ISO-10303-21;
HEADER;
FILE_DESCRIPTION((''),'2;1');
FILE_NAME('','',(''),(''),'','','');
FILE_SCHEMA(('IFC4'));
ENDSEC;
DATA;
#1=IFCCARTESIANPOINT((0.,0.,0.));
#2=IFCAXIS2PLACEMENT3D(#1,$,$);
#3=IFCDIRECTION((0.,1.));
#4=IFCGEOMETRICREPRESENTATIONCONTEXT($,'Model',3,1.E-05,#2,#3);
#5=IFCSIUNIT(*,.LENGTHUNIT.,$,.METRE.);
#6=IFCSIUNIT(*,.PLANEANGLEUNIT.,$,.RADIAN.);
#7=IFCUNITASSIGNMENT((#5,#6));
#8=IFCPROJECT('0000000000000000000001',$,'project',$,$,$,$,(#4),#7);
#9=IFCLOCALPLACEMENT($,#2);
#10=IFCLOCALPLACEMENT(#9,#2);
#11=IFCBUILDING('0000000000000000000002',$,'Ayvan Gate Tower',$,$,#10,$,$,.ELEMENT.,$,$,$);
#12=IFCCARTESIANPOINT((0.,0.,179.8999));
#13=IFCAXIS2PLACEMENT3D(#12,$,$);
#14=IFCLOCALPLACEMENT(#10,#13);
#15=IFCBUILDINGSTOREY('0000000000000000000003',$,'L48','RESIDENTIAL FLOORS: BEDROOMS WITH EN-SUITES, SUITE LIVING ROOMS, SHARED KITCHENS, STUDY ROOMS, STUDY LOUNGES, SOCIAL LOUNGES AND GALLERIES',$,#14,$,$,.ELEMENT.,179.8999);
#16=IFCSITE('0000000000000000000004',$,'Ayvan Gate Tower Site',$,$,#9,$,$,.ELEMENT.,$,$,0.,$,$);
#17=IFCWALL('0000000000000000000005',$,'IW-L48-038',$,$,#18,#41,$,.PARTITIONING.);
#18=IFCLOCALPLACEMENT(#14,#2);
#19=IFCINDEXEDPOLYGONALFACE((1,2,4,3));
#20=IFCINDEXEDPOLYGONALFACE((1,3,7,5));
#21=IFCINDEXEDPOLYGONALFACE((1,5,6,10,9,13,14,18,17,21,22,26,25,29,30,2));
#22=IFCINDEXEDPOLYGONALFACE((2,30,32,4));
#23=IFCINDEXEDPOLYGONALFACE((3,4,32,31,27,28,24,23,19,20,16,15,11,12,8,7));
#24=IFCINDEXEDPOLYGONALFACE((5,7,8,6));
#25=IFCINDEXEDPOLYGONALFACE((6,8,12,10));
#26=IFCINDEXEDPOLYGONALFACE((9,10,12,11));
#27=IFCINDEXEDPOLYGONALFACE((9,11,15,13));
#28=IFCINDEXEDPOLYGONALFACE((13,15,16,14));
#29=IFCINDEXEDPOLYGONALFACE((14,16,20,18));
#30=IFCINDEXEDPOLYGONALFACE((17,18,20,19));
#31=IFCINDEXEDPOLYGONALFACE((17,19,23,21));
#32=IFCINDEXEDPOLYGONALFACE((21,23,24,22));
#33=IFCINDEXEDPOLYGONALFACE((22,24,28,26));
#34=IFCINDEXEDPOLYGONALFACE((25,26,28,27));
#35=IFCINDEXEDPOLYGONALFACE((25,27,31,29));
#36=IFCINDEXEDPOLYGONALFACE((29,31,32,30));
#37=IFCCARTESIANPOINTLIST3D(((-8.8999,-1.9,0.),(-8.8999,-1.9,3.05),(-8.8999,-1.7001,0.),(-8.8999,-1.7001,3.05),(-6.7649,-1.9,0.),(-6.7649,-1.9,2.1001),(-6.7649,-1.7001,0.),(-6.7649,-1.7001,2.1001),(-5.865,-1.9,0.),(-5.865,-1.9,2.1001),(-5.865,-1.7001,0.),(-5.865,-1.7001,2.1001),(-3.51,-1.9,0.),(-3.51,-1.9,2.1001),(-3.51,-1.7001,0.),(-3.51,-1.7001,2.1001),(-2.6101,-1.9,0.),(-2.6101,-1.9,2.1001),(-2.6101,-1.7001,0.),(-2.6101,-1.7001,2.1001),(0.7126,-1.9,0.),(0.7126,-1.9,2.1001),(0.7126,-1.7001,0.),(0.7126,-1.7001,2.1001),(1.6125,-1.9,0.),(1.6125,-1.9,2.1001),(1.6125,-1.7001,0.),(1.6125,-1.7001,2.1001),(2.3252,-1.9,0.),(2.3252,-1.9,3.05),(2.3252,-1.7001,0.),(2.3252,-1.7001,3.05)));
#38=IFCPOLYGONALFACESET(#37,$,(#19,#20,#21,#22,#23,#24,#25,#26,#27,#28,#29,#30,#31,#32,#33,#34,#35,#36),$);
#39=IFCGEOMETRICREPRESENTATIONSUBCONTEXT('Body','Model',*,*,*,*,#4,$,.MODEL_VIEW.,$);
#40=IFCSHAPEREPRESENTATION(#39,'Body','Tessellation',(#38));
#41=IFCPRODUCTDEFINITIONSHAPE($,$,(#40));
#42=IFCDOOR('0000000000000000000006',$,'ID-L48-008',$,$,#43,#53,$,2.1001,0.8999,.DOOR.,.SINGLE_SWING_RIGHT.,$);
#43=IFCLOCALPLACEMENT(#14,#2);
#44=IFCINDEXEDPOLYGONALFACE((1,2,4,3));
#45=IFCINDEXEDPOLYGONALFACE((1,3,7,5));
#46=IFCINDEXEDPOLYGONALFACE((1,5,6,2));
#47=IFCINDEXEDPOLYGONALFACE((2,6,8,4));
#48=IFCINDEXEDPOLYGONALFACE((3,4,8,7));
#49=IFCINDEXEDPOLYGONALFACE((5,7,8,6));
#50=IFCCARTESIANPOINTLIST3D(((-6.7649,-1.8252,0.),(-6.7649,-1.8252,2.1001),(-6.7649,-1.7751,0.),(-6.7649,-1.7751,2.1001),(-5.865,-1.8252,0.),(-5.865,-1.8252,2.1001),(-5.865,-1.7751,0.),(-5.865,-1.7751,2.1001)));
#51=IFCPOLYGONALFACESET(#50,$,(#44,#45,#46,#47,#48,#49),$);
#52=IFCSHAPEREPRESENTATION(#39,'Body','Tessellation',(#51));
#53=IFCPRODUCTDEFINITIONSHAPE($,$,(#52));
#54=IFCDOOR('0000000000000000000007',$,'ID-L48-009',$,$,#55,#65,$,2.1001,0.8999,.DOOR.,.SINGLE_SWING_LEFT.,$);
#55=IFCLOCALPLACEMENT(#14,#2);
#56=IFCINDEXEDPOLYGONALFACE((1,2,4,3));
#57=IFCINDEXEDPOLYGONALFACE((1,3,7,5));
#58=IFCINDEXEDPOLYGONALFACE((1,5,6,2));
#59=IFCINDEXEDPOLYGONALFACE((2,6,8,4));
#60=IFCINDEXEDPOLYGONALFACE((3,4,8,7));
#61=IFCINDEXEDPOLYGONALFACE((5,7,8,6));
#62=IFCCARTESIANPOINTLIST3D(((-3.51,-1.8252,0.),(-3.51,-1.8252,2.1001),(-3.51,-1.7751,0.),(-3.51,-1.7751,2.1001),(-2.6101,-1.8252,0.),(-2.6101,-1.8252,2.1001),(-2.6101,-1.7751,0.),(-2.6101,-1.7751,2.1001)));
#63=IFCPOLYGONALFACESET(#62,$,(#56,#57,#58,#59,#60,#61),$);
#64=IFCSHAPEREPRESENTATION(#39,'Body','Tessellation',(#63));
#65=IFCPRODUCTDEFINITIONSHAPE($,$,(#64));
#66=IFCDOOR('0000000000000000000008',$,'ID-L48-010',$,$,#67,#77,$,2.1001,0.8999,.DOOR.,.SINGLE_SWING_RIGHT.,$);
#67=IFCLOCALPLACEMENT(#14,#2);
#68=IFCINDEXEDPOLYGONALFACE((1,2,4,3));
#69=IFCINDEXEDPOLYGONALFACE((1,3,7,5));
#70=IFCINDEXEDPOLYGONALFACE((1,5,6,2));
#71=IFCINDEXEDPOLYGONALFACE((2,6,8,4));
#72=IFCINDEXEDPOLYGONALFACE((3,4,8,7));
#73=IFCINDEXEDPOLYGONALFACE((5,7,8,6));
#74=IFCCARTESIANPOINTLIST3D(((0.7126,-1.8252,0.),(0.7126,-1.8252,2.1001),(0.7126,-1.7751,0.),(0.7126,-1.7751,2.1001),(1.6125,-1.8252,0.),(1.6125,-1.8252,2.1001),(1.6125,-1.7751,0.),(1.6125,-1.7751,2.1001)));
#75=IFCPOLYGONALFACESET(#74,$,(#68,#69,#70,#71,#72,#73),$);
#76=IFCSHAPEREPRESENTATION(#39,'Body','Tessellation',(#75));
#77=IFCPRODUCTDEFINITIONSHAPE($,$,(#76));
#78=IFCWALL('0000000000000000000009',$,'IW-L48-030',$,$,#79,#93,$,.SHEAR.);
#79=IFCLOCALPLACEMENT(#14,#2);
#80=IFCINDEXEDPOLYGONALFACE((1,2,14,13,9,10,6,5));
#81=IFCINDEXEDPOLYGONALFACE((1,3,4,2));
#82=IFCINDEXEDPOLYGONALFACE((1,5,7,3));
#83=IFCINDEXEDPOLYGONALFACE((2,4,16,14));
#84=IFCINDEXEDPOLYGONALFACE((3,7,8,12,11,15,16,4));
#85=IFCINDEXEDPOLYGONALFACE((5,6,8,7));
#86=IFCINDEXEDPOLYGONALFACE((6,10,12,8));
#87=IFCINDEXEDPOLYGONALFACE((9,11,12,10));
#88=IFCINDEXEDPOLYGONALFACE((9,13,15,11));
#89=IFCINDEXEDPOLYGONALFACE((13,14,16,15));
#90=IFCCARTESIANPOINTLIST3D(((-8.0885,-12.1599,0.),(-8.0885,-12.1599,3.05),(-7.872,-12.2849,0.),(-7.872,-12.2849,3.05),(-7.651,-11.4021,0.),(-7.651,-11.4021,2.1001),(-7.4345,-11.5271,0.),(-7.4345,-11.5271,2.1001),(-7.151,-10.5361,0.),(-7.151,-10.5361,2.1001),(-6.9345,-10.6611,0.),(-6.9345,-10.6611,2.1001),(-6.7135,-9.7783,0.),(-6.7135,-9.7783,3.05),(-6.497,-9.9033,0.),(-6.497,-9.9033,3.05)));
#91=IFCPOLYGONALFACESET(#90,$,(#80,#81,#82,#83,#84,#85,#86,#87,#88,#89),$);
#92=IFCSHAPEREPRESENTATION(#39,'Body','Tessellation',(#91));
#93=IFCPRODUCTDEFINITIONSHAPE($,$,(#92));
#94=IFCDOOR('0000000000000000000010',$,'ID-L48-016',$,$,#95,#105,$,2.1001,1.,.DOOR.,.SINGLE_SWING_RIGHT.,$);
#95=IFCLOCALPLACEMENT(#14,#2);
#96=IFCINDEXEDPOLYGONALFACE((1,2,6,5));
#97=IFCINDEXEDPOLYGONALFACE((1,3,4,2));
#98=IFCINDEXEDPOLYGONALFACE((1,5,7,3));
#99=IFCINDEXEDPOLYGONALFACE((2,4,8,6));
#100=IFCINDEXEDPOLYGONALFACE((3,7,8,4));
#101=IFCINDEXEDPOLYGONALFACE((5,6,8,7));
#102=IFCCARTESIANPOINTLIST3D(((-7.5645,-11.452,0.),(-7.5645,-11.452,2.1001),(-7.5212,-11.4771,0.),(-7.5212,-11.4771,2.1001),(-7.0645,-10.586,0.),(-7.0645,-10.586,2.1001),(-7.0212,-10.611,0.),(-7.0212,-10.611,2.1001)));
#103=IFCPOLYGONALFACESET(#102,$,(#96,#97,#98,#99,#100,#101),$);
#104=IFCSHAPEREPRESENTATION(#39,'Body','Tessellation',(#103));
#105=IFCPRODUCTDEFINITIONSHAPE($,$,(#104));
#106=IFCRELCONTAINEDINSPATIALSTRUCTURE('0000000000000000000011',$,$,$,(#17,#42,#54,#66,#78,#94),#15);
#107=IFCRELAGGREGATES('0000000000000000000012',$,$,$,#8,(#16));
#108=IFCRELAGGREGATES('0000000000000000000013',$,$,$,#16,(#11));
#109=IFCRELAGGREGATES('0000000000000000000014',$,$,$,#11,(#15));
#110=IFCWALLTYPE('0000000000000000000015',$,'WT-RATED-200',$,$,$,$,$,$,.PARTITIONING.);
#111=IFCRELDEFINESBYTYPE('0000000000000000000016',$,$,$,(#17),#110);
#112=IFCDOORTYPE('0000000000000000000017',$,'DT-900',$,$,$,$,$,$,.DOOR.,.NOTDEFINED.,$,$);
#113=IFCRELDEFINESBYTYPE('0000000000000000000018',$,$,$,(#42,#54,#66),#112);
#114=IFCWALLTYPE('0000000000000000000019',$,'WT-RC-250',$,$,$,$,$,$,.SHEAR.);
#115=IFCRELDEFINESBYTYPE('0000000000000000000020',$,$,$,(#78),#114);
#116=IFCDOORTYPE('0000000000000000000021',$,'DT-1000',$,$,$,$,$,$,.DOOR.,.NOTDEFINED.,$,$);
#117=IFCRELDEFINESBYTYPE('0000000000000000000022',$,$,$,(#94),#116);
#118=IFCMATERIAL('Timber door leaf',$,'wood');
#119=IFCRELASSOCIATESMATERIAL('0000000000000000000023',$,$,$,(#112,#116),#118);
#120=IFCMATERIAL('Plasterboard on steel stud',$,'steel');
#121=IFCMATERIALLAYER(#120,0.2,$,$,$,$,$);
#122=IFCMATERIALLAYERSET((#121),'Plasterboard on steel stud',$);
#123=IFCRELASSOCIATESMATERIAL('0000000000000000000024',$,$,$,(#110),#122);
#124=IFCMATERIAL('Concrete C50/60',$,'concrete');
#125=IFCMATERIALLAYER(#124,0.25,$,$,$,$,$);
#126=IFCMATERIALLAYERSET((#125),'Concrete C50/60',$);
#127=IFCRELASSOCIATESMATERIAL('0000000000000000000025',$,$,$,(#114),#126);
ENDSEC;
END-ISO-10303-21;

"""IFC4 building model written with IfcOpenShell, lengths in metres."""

from ifc_helpers import new_model, si_unit, direction, frame, frame_2d, origin, place, context, subcontext, project, spatial, rectangle, extrude, material, layer, layer_set, type_object, element, fill, save


model = new_model("IFC4")

# Units and contexts
model_context = context("Model", 3, precision=1e-05, world=origin(), true_north=direction((0.0, 1.0)))
body_context = subcontext(model_context, "Body", "Model", "MODEL_VIEW")
ifc_project = project(units=[si_unit("LENGTHUNIT", "METRE"), si_unit("PLANEANGLEUNIT", "RADIAN")], contexts=[model_context])

# Site, building, storey
site_placement = place(None, origin())
site = spatial("IfcSite", under=ifc_project, at=site_placement, Name="Ayvan Gate Tower Site", CompositionType="ELEMENT", RefElevation=0.0)
building_placement = place(site_placement, origin())
building = spatial("IfcBuilding", under=site, at=building_placement, Name="Ayvan Gate Tower", CompositionType="ELEMENT")
storey_placement = place(building_placement, frame((0.0, 0.0, 179.8999)))
storey = spatial("IfcBuildingStorey", under=building, at=storey_placement, Name="L48", Description="RESIDENTIAL FLOORS: BEDROOMS WITH EN-SUITES, SUITE LIVING ROOMS, SHARED KITCHENS, STUDY ROOMS, STUDY LOUNGES, SOCIAL LOUNGES AND GALLERIES", CompositionType="ELEMENT", Elevation=179.8999)

# Shared definitions
ifc_material_1 = material(Name="Timber door leaf", Category="wood")
door_type_1 = type_object("IfcDoorType", Name="DT-900", OperationType="NOTDEFINED", PredefinedType="DOOR", material=ifc_material_1)

# Shared definitions
ifc_material_2 = material(Name="Plasterboard on steel stud", Category="steel")
ifc_layer_1 = layer(ifc_material_2, 0.2)
ifc_layer_set_1 = layer_set([ifc_layer_1], Name="Plasterboard on steel stud")
wall_type_1 = type_object("IfcWallType", Name="WT-RATED-200", PredefinedType="PARTITIONING", material=ifc_layer_set_1)

# Wall, openings, doors
wall_1_placement = place(storey_placement, frame((-8.8999, -1.8, 0.0), z_axis=(0.0, 0.0, 1.0), x_axis=(1.0, 0.0, 0.0)))
wall_1 = element("IfcWall", 1, at=wall_1_placement, inside=storey, type_object=wall_type_1, Name="IW-L48-038", PredefinedType="PARTITIONING", context=body_context, shape_type="SweptSolid", body=[
    extrude(rectangle(XDim=11.2251, YDim=0.2, at=frame_2d((5.6125, 0.0))), origin(), (0.0, 0.0, 1.0), 3.05),
])
opening_1_placement = place(wall_1_placement, frame((2.135, 0.0, 0.0)))
opening_1 = element("IfcOpeningElement", 2, at=opening_1_placement, cuts=wall_1, PredefinedType="OPENING", context=body_context, shape_type="SweptSolid", body=[
    extrude(rectangle(XDim=0.8999, YDim=2.1001, at=frame_2d((0.45, 1.05))), frame((0.0, 0.1099, 0.0), z_axis=(0.0, -1.0, 0.0), x_axis=(1.0, 0.0, 0.0)), (0.0, 0.0, 1.0), 0.22),
])
opening_2_placement = place(wall_1_placement, frame((5.3899, 0.0, 0.0)))
opening_2 = element("IfcOpeningElement", 3, at=opening_2_placement, cuts=wall_1, PredefinedType="OPENING", context=body_context, shape_type="SweptSolid", body=[
    extrude(rectangle(XDim=0.8999, YDim=2.1001, at=frame_2d((0.45, 1.05))), frame((0.0, 0.1099, 0.0), z_axis=(0.0, -1.0, 0.0), x_axis=(1.0, 0.0, 0.0)), (0.0, 0.0, 1.0), 0.22),
])
opening_3_placement = place(wall_1_placement, frame((9.6125, 0.0, 0.0)))
opening_3 = element("IfcOpeningElement", 4, at=opening_3_placement, cuts=wall_1, PredefinedType="OPENING", context=body_context, shape_type="SweptSolid", body=[
    extrude(rectangle(XDim=0.8999, YDim=2.1001, at=frame_2d((0.45, 1.05))), frame((0.0, 0.1099, 0.0), z_axis=(0.0, -1.0, 0.0), x_axis=(1.0, 0.0, 0.0)), (0.0, 0.0, 1.0), 0.22),
])
door_1_placement = place(opening_1_placement, origin())
door_1 = element("IfcDoor", 5, at=door_1_placement, inside=storey, type_object=door_type_1, Name="ID-L48-008", OperationType="SINGLE_SWING_RIGHT", OverallHeight=2.1001, OverallWidth=0.8999, PredefinedType="DOOR", context=body_context, shape_type="SweptSolid", body=[
    extrude(rectangle(XDim=0.8999, YDim=2.1001, at=frame_2d((0.45, 1.05))), frame((0.0, 0.0249, 0.0), z_axis=(0.0, -1.0, 0.0), x_axis=(1.0, 0.0, 0.0)), (0.0, 0.0, 1.0), 0.05),
])
fill(opening_1, door_1)
door_2_placement = place(opening_2_placement, origin())
door_2 = element("IfcDoor", 6, at=door_2_placement, inside=storey, type_object=door_type_1, Name="ID-L48-009", OperationType="SINGLE_SWING_LEFT", OverallHeight=2.1001, OverallWidth=0.8999, PredefinedType="DOOR", context=body_context, shape_type="SweptSolid", body=[
    extrude(rectangle(XDim=0.8999, YDim=2.1001, at=frame_2d((0.45, 1.05))), frame((0.0, 0.0249, 0.0), z_axis=(0.0, -1.0, 0.0), x_axis=(1.0, 0.0, 0.0)), (0.0, 0.0, 1.0), 0.05),
])
fill(opening_2, door_2)
door_3_placement = place(opening_3_placement, origin())
door_3 = element("IfcDoor", 7, at=door_3_placement, inside=storey, type_object=door_type_1, Name="ID-L48-010", OperationType="SINGLE_SWING_RIGHT", OverallHeight=2.1001, OverallWidth=0.8999, PredefinedType="DOOR", context=body_context, shape_type="SweptSolid", body=[
    extrude(rectangle(XDim=0.8999, YDim=2.1001, at=frame_2d((0.45, 1.05))), frame((0.0, 0.0249, 0.0), z_axis=(0.0, -1.0, 0.0), x_axis=(1.0, 0.0, 0.0)), (0.0, 0.0, 1.0), 0.05),
])
fill(opening_3, door_3)

# Wall, opening, door
ifc_material_3 = material(Name="Concrete C50/60", Category="concrete")
ifc_layer_2 = layer(ifc_material_3, 0.25)
ifc_layer_set_2 = layer_set([ifc_layer_2], Name="Concrete C50/60")
wall_type_2 = type_object("IfcWallType", Name="WT-RC-250", PredefinedType="SHEAR", material=ifc_layer_set_2)
wall_2_placement = place(storey_placement, frame((-6.6052, -9.8408, 0.0), z_axis=(0.0, 0.0, 1.0), x_axis=(-0.499997, -0.866027, 0.0)))
wall_2 = element("IfcWall", 8, at=wall_2_placement, inside=storey, type_object=wall_type_2, Name="IW-L48-030", PredefinedType="SHEAR", context=body_context, shape_type="SweptSolid", body=[
    extrude(rectangle(XDim=2.75, YDim=0.25, at=frame_2d((1.375, 0.0))), origin(), (0.0, 0.0, 1.0), 3.05),
])
opening_4_placement = place(wall_2_placement, frame((0.875, 0.0, 0.0)))
opening_4 = element("IfcOpeningElement", 9, at=opening_4_placement, cuts=wall_2, PredefinedType="OPENING", context=body_context, shape_type="SweptSolid", body=[
    extrude(rectangle(XDim=1.0, YDim=2.1001, at=frame_2d((0.5, 1.05))), frame((0.0, 0.135, 0.0), z_axis=(0.0, -1.0, 0.0), x_axis=(1.0, 0.0, 0.0)), (0.0, 0.0, 1.0), 0.27),
])
door_type_2 = type_object("IfcDoorType", Name="DT-1000", OperationType="NOTDEFINED", PredefinedType="DOOR", material=ifc_material_1)
door_4_placement = place(opening_4_placement, origin())
door_4 = element("IfcDoor", 10, at=door_4_placement, inside=storey, type_object=door_type_2, Name="ID-L48-016", OperationType="SINGLE_SWING_RIGHT", OverallHeight=2.1001, OverallWidth=1.0, PredefinedType="DOOR", context=body_context, shape_type="SweptSolid", body=[
    extrude(rectangle(XDim=1.0, YDim=2.1001, at=frame_2d((0.5, 1.05))), frame((0.0, 0.0249, 0.0), z_axis=(0.0, -1.0, 0.0), x_axis=(1.0, 0.0, 0.0)), (0.0, 0.0, 1.0), 0.05),
])
fill(opening_4, door_4)

save(model, "model.ifc")
